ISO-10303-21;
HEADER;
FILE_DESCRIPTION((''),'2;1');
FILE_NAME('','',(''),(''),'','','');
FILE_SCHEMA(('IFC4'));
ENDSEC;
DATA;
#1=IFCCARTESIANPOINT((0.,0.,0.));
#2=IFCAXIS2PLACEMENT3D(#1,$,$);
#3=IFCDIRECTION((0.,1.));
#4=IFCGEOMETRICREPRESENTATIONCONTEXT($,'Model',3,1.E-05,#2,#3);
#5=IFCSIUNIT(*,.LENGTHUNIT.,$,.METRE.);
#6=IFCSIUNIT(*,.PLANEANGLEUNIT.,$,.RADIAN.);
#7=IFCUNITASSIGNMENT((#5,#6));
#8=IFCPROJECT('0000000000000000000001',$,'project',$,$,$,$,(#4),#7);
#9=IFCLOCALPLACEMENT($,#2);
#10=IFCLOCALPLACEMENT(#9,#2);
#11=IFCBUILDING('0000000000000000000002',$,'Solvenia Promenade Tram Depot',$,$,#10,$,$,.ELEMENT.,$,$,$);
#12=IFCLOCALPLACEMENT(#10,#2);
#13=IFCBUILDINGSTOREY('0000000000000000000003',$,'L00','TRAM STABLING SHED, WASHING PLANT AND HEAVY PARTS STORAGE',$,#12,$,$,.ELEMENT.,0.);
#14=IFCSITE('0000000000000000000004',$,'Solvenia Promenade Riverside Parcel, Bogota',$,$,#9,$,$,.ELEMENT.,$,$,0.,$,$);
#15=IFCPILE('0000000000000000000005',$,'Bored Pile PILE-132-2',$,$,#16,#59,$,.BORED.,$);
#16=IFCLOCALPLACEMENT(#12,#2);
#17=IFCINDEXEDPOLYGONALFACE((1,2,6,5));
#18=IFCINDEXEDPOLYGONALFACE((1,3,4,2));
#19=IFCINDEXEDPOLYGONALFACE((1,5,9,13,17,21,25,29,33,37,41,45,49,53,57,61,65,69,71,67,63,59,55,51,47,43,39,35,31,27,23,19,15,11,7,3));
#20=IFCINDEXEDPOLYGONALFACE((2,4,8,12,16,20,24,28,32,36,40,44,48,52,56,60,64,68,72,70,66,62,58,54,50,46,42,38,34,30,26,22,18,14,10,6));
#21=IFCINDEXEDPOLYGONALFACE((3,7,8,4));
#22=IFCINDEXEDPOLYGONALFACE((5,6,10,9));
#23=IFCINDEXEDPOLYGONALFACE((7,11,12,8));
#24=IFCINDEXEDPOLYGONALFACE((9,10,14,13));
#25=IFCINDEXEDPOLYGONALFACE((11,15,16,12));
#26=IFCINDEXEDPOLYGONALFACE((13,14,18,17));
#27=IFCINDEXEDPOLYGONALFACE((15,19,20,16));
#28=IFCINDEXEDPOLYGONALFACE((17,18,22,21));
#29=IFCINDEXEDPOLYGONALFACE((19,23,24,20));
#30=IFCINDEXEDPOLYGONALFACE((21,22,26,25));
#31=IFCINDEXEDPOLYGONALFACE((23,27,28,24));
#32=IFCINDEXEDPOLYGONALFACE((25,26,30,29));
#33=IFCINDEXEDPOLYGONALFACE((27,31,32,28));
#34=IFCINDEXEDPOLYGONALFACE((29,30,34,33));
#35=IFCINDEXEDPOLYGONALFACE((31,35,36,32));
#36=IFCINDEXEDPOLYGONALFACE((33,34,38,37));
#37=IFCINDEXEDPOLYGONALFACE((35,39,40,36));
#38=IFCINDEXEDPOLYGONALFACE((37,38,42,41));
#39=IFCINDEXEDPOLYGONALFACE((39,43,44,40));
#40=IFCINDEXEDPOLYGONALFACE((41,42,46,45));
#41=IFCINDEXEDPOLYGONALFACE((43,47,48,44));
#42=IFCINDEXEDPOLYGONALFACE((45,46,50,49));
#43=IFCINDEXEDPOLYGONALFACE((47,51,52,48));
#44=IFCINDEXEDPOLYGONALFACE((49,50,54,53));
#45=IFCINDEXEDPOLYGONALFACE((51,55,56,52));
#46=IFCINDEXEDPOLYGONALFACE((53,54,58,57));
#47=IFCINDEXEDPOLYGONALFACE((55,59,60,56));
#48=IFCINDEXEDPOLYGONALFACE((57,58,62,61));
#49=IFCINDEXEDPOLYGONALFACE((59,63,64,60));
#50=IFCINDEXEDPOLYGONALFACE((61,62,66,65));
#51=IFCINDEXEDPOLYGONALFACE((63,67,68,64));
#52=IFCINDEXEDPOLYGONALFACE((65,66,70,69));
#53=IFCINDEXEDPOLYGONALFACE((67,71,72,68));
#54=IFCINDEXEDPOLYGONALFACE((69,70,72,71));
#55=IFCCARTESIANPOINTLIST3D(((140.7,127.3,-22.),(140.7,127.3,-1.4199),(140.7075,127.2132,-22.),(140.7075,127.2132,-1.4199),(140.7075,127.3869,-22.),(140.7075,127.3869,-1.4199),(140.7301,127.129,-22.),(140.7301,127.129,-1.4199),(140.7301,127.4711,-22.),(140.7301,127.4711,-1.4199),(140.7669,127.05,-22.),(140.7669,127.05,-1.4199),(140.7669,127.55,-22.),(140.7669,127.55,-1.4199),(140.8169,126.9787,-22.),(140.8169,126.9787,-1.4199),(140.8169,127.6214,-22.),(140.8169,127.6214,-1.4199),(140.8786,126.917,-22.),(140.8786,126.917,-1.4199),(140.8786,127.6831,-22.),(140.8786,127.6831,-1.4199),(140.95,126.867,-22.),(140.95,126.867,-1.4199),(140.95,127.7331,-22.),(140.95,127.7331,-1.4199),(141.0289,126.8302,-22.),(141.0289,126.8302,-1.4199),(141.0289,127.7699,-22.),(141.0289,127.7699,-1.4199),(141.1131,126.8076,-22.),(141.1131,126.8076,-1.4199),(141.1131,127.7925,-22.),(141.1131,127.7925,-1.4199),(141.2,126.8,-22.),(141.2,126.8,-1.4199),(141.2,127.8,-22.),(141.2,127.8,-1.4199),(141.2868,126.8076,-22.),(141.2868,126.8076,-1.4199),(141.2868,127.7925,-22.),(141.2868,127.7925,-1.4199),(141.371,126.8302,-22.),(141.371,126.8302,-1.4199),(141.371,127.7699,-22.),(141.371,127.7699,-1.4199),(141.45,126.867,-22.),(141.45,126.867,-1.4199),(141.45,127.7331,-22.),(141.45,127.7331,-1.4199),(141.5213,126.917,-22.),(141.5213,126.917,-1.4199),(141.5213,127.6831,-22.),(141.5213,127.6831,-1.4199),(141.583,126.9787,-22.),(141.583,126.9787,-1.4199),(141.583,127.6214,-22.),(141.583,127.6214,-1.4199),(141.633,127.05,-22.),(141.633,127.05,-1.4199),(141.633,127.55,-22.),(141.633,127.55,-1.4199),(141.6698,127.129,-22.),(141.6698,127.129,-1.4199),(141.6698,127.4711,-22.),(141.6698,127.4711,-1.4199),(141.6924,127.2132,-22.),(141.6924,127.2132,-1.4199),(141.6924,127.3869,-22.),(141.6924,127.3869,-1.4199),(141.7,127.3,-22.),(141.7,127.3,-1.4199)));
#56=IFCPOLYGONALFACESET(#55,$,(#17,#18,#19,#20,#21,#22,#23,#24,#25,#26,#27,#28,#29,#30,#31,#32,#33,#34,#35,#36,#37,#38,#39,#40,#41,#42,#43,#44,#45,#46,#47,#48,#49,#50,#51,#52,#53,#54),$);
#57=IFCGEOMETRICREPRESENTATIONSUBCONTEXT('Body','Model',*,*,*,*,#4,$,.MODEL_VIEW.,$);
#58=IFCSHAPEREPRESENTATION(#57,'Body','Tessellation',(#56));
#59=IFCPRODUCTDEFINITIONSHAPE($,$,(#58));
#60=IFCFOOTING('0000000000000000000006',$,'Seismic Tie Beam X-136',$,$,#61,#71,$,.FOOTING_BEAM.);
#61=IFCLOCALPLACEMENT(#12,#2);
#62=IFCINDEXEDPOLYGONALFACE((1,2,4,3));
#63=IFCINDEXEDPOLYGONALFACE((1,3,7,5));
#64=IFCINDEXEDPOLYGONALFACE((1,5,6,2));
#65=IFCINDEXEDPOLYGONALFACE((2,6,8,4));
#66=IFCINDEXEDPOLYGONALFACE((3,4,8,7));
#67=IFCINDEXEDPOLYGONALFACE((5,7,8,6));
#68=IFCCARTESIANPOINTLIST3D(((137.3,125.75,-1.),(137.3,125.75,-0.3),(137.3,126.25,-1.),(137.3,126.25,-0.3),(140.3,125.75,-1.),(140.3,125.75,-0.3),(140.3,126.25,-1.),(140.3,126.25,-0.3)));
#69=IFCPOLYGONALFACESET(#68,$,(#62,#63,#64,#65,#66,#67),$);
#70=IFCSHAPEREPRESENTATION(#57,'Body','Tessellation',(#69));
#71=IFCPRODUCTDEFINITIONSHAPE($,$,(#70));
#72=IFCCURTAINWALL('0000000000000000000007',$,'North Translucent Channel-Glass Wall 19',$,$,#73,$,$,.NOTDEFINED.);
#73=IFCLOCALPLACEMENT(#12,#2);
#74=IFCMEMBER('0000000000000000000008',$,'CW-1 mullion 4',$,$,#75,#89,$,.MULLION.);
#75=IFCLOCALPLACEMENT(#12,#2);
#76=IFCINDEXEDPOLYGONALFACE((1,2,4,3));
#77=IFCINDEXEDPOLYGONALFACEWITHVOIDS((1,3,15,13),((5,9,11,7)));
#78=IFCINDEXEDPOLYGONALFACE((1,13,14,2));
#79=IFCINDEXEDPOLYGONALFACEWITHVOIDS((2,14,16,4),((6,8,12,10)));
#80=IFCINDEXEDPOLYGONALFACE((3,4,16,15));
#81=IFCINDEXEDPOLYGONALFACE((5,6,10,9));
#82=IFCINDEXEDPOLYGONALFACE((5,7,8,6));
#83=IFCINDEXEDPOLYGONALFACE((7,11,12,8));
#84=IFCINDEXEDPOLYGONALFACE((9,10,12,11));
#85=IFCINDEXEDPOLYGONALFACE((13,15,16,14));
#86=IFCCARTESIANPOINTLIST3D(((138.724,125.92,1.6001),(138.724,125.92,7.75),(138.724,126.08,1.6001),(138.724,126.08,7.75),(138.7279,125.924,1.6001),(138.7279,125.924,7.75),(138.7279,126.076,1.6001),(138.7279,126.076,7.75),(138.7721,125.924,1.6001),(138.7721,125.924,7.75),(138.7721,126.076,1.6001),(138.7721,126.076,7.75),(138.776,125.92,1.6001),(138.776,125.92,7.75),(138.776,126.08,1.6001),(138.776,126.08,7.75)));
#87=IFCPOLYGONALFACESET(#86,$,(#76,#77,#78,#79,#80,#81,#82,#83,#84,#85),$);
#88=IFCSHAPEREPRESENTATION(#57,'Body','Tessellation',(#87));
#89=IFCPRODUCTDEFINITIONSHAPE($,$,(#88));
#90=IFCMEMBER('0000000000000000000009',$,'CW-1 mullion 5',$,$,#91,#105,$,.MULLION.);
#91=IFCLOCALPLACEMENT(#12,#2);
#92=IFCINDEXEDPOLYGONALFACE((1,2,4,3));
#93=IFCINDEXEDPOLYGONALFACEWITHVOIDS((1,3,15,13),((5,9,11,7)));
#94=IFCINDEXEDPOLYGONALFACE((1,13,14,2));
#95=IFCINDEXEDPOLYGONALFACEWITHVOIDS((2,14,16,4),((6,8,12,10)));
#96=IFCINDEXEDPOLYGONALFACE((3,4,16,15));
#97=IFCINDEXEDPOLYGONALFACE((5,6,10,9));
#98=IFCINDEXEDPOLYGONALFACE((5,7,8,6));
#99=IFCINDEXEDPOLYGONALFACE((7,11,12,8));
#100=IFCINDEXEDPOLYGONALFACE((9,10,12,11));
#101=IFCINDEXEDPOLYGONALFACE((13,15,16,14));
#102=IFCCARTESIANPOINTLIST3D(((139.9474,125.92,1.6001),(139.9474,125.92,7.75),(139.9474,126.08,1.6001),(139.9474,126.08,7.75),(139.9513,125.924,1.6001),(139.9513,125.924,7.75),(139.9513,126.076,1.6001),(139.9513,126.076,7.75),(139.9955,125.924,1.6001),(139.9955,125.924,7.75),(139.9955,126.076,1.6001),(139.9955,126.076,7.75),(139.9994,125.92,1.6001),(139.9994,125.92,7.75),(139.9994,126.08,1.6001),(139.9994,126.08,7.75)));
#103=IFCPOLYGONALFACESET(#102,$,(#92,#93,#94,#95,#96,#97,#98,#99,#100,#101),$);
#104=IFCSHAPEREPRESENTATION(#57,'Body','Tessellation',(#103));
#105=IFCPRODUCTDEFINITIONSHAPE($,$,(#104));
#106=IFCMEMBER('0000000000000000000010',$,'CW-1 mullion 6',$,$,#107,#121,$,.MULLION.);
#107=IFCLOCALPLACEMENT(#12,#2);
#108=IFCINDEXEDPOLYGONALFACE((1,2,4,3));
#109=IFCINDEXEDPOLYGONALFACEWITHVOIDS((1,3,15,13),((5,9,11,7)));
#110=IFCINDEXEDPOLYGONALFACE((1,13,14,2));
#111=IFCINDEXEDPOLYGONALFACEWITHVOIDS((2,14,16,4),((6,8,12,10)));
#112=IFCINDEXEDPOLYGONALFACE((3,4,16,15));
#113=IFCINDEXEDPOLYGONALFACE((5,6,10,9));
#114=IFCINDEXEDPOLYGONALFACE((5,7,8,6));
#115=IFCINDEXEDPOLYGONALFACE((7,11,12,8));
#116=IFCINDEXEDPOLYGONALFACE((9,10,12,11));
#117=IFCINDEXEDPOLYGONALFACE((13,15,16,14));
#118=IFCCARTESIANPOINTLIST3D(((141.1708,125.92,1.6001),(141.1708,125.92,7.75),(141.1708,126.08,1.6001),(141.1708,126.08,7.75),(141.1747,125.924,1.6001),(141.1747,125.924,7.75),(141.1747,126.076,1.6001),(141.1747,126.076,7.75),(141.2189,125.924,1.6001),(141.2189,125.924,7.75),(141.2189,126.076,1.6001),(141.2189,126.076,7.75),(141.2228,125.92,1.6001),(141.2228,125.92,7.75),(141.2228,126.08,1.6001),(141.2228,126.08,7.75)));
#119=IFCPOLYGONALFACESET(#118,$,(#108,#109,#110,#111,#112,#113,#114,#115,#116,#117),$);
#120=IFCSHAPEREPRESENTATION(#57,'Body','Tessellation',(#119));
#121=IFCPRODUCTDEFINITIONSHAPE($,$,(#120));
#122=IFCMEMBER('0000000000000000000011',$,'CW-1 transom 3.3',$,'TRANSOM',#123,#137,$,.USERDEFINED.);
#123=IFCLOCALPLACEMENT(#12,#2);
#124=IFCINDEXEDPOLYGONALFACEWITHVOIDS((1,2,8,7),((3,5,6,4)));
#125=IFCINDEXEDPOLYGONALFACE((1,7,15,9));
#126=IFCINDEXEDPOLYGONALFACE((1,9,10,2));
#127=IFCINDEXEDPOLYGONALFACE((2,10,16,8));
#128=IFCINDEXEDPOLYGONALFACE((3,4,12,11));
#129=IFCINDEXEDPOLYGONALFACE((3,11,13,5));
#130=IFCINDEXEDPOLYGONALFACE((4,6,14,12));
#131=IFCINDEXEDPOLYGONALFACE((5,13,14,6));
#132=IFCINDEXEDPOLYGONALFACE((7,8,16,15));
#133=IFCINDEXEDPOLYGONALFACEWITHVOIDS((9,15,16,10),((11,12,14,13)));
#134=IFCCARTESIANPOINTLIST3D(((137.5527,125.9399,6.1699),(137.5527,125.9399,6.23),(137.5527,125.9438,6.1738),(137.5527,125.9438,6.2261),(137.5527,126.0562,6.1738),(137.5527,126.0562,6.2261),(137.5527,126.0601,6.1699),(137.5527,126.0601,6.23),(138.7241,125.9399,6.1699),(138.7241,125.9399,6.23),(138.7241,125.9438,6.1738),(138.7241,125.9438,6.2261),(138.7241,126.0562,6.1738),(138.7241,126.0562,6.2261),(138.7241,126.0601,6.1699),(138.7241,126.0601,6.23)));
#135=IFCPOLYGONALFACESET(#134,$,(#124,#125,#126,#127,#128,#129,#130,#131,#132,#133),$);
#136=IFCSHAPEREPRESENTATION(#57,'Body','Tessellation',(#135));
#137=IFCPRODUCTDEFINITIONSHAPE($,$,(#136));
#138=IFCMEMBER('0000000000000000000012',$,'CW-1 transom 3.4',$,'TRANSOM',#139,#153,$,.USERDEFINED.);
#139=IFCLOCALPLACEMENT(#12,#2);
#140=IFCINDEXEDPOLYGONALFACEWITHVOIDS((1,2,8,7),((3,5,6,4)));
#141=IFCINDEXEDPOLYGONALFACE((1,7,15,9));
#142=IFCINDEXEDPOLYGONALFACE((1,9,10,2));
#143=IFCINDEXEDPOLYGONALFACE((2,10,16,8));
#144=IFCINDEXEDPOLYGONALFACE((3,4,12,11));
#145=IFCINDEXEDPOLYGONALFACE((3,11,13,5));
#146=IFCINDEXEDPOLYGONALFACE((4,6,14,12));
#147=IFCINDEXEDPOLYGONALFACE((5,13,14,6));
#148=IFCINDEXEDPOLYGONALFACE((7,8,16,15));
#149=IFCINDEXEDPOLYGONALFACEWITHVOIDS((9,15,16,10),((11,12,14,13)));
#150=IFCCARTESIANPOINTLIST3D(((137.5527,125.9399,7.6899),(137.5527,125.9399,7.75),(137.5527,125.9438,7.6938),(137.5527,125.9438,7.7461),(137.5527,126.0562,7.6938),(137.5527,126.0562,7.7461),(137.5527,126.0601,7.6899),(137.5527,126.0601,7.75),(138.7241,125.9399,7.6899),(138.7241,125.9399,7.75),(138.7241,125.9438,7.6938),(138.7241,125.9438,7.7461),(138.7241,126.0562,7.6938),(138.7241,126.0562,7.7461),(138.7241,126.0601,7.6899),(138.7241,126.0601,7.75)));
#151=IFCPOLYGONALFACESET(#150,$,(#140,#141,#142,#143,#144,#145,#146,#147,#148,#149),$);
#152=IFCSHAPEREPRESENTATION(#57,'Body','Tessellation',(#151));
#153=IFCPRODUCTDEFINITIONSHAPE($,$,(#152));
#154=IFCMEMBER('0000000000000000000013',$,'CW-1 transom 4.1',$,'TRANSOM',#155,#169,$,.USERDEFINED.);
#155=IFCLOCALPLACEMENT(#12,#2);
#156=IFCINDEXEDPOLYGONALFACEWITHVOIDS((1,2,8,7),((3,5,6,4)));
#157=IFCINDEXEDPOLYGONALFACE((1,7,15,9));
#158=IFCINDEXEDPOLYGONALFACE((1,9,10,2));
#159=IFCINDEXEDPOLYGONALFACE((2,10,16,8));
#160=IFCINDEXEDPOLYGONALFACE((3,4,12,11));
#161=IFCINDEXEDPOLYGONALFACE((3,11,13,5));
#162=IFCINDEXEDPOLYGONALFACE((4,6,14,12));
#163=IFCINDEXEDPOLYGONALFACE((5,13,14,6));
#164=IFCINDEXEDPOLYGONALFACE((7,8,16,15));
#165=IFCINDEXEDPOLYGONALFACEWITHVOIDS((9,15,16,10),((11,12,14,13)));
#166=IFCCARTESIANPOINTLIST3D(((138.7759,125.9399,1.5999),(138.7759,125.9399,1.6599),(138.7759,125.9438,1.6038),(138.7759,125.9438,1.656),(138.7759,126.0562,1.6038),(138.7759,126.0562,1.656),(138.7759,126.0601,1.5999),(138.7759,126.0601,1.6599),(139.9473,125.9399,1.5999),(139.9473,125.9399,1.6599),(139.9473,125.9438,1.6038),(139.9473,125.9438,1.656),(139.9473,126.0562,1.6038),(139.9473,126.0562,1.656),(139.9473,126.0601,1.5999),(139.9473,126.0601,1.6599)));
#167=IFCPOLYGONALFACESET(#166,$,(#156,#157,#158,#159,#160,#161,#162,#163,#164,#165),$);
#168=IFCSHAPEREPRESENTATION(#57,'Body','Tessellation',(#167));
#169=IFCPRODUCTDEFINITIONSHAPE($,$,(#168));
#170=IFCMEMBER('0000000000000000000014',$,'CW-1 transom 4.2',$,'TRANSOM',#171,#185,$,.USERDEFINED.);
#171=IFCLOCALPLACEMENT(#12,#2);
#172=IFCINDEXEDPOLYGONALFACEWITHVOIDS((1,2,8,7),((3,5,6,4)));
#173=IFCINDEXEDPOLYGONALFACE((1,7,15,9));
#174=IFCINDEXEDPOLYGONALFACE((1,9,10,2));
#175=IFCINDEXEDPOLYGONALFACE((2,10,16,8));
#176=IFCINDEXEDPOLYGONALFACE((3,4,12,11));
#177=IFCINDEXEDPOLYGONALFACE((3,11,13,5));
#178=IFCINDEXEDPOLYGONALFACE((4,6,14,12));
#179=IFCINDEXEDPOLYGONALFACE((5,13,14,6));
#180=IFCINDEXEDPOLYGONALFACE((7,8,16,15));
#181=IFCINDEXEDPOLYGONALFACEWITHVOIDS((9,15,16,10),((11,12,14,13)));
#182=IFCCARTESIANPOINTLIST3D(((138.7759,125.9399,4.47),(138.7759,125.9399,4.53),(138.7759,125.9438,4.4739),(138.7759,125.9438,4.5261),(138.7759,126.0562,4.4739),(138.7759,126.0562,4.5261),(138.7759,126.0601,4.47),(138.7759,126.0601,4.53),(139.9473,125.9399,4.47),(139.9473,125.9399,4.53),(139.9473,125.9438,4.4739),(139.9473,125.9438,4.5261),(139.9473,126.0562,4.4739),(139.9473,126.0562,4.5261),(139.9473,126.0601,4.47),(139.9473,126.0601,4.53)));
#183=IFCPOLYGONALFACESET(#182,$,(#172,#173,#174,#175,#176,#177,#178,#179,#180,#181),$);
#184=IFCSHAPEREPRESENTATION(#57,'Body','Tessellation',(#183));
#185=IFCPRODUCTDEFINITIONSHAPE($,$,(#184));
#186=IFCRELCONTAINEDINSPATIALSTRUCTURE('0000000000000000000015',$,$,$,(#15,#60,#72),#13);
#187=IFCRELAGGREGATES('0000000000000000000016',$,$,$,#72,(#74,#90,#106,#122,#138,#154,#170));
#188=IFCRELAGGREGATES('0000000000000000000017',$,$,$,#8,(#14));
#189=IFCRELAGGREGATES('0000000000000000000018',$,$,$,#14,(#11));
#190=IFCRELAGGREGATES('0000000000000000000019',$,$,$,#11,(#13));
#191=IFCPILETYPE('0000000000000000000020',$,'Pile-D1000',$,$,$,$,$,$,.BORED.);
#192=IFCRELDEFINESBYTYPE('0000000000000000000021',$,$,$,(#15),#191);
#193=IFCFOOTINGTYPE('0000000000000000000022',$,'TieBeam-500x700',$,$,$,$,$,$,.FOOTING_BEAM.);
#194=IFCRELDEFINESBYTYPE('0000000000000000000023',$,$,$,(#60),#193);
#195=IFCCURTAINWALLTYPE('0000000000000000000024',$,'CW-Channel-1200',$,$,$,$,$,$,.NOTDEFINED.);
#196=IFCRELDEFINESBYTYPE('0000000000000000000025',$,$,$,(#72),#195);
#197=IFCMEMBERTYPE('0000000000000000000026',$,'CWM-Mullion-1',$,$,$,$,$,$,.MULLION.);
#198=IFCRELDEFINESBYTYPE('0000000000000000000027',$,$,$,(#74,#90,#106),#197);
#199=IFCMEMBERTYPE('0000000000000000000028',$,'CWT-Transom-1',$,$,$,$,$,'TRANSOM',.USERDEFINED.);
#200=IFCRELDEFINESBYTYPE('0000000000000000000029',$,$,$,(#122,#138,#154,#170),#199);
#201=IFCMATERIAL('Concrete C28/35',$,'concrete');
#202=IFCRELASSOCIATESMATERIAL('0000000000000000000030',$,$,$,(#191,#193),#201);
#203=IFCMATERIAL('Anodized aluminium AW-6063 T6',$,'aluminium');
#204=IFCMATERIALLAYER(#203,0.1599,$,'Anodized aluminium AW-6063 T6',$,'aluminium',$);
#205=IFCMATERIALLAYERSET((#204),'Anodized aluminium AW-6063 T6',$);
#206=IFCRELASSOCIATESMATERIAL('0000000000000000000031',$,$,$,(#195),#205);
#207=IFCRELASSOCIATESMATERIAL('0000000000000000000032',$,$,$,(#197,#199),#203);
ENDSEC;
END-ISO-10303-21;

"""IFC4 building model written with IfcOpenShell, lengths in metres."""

from ifc_helpers import new_model, si_unit, direction, frame, origin, origin_2d, place, context, subcontext, project, spatial, rectangle, hollow_rectangle, circle, extrude, material, layer, layer_set, material_profile, profile_set, type_object, element, aggregate, save


model = new_model("IFC4")

# Units and contexts
model_context = context("Model", 3, precision=1e-05, world=origin(), true_north=direction((0.0, 1.0)))
body_context = subcontext(model_context, "Body", "Model", "MODEL_VIEW")
ifc_project = project(units=[si_unit("LENGTHUNIT", "METRE"), si_unit("PLANEANGLEUNIT", "RADIAN")], contexts=[model_context])

# Site, building, storey
site_placement = place(None, origin())
site = spatial("IfcSite", under=ifc_project, at=site_placement, Name="Solvenia Promenade Riverside Parcel, Bogota", CompositionType="ELEMENT", RefElevation=0.0)
building_placement = place(site_placement, origin())
building = spatial("IfcBuilding", under=site, at=building_placement, Name="Solvenia Promenade Tram Depot", CompositionType="ELEMENT")
storey_placement = place(building_placement, origin())
storey = spatial("IfcBuildingStorey", under=building, at=storey_placement, Name="L00", Description="TRAM STABLING SHED, WASHING PLANT AND HEAVY PARTS STORAGE", CompositionType="ELEMENT", Elevation=0.0)

# Pile
ifc_material_1 = material(Name="Concrete C28/35", Category="concrete")
ifc_material_profile_1 = material_profile(ifc_material_1, circle(Radius=0.5, at=origin_2d()), Name="D1000", Category="concrete")
ifc_profile_set_1 = profile_set([ifc_material_profile_1], Name="Concrete C28/35")
pile_type = type_object("IfcPileType", Name="Pile-D1000", PredefinedType="BORED", material=ifc_profile_set_1)
pile_placement = place(storey_placement, frame((141.2, 127.3, -1.4199), z_axis=(0.0, 0.0, -1.0), x_axis=(1.0, 0.0, 0.0)))
element("IfcPile", 1, at=pile_placement, inside=storey, type_object=pile_type, Name="Bored Pile PILE-132-2", PredefinedType="BORED", context=body_context, shape_type="SweptSolid", body=[
    extrude(circle(Radius=0.5, at=origin_2d()), origin(), (0.0, 0.0, 1.0), 20.5801),
])

# Footing
footing_type = type_object("IfcFootingType", Name="TieBeam-500x700", PredefinedType="FOOTING_BEAM", material=ifc_material_1)
footing_placement = place(storey_placement, frame((138.8, 126.0, -1.0), z_axis=(0.0, 0.0, 1.0), x_axis=(1.0, 0.0, 0.0)))
element("IfcFooting", 2, at=footing_placement, inside=storey, type_object=footing_type, Name="Seismic Tie Beam X-136", PredefinedType="FOOTING_BEAM", context=body_context, shape_type="SweptSolid", body=[
    extrude(rectangle(XDim=3.0, YDim=0.5, at=origin_2d()), origin(), (0.0, 0.0, 1.0), 0.7),
])

# Curtain wall, members
ifc_material_2 = material(Name="Anodized aluminium AW-6063 T6", Category="aluminium")
ifc_layer_1 = layer(ifc_material_2, 0.1599, Name="Anodized aluminium AW-6063 T6", Category="aluminium")
ifc_layer_set_1 = layer_set([ifc_layer_1], Name="Anodized aluminium AW-6063 T6")
curtain_wall_type = type_object("IfcCurtainWallType", Name="CW-Channel-1200", PredefinedType="NOTDEFINED", material=ifc_layer_set_1)
curtain_wall_placement = place(storey_placement, origin())
curtain_wall = element("IfcCurtainWall", 3, at=curtain_wall_placement, inside=storey, type_object=curtain_wall_type, Name="North Translucent Channel-Glass Wall 19", PredefinedType="NOTDEFINED")
ifc_material_profile_2 = material_profile(ifc_material_2, hollow_rectangle(XDim=0.1599, YDim=0.052, WallThickness=0.0039, at=origin_2d()), Name="ALU-M1", Category="aluminium")
ifc_profile_set_2 = profile_set([ifc_material_profile_2], Name="Anodized aluminium AW-6063 T6")
member_type_1 = type_object("IfcMemberType", Name="CWM-Mullion-1", PredefinedType="MULLION", material=ifc_profile_set_2)
member_1_placement = place(storey_placement, frame((138.75, 126.0, 1.6001), z_axis=(0.0, 0.0, 1.0), x_axis=(0.0, 1.0, 0.0)))
member_1 = element("IfcMember", 4, at=member_1_placement, type_object=member_type_1, Name="CW-1 mullion 4", PredefinedType="MULLION", context=body_context, shape_type="SweptSolid", body=[
    extrude(hollow_rectangle(XDim=0.1599, YDim=0.052, WallThickness=0.0039, at=origin_2d()), origin(), (0.0, 0.0, 1.0), 6.1499),
])
member_2_placement = place(storey_placement, frame((139.9734, 126.0, 1.6001), z_axis=(0.0, 0.0, 1.0), x_axis=(0.0, 1.0, 0.0)))
member_2 = element("IfcMember", 5, at=member_2_placement, type_object=member_type_1, Name="CW-1 mullion 5", PredefinedType="MULLION", context=body_context, shape_type="SweptSolid", body=[
    extrude(hollow_rectangle(XDim=0.1599, YDim=0.052, WallThickness=0.0039, at=origin_2d()), origin(), (0.0, 0.0, 1.0), 6.1499),
])
member_3_placement = place(storey_placement, frame((141.1968, 126.0, 1.6001), z_axis=(0.0, 0.0, 1.0), x_axis=(0.0, 1.0, 0.0)))
member_3 = element("IfcMember", 6, at=member_3_placement, type_object=member_type_1, Name="CW-1 mullion 6", PredefinedType="MULLION", context=body_context, shape_type="SweptSolid", body=[
    extrude(hollow_rectangle(XDim=0.1599, YDim=0.052, WallThickness=0.0039, at=origin_2d()), origin(), (0.0, 0.0, 1.0), 6.1499),
])
ifc_material_profile_3 = material_profile(ifc_material_2, hollow_rectangle(XDim=0.1201, YDim=0.0601, WallThickness=0.0039, at=origin_2d()), Name="ALU-T1", Category="aluminium")
ifc_profile_set_3 = profile_set([ifc_material_profile_3], Name="Anodized aluminium AW-6063 T6")
member_type_2 = type_object("IfcMemberType", Name="CWT-Transom-1", ElementType="TRANSOM", PredefinedType="USERDEFINED", material=ifc_profile_set_3)
member_4_placement = place(storey_placement, frame((137.5527, 126.0, 6.2), z_axis=(1.0, 0.0, 0.0), x_axis=(0.0, 1.0, 0.0)))
member_4 = element("IfcMember", 7, at=member_4_placement, type_object=member_type_2, Name="CW-1 transom 3.3", ObjectType="TRANSOM", PredefinedType="USERDEFINED", context=body_context, shape_type="SweptSolid", body=[
    extrude(hollow_rectangle(XDim=0.1201, YDim=0.0601, WallThickness=0.0039, at=origin_2d()), origin(), (0.0, 0.0, 1.0), 1.1714),
])
member_5_placement = place(storey_placement, frame((137.5527, 126.0, 7.72), z_axis=(1.0, 0.0, 0.0), x_axis=(0.0, 1.0, 0.0)))
member_5 = element("IfcMember", 8, at=member_5_placement, type_object=member_type_2, Name="CW-1 transom 3.4", ObjectType="TRANSOM", PredefinedType="USERDEFINED", context=body_context, shape_type="SweptSolid", body=[
    extrude(hollow_rectangle(XDim=0.1201, YDim=0.0601, WallThickness=0.0039, at=origin_2d()), origin(), (0.0, 0.0, 1.0), 1.1714),
])
member_6_placement = place(storey_placement, frame((138.7759, 126.0, 1.6299), z_axis=(1.0, 0.0, 0.0), x_axis=(0.0, 1.0, 0.0)))
member_6 = element("IfcMember", 9, at=member_6_placement, type_object=member_type_2, Name="CW-1 transom 4.1", ObjectType="TRANSOM", PredefinedType="USERDEFINED", context=body_context, shape_type="SweptSolid", body=[
    extrude(hollow_rectangle(XDim=0.1201, YDim=0.0601, WallThickness=0.0039, at=origin_2d()), origin(), (0.0, 0.0, 1.0), 1.1714),
])
member_7_placement = place(storey_placement, frame((138.7759, 126.0, 4.5), z_axis=(1.0, 0.0, 0.0), x_axis=(0.0, 1.0, 0.0)))
member_7 = element("IfcMember", 10, at=member_7_placement, type_object=member_type_2, Name="CW-1 transom 4.2", ObjectType="TRANSOM", PredefinedType="USERDEFINED", context=body_context, shape_type="SweptSolid", body=[
    extrude(hollow_rectangle(XDim=0.1201, YDim=0.0601, WallThickness=0.0039, at=origin_2d()), origin(), (0.0, 0.0, 1.0), 1.1714),
])
aggregate(curtain_wall, [member_1, member_2, member_3, member_4, member_5, member_6, member_7])

save(model, "model.ifc")
